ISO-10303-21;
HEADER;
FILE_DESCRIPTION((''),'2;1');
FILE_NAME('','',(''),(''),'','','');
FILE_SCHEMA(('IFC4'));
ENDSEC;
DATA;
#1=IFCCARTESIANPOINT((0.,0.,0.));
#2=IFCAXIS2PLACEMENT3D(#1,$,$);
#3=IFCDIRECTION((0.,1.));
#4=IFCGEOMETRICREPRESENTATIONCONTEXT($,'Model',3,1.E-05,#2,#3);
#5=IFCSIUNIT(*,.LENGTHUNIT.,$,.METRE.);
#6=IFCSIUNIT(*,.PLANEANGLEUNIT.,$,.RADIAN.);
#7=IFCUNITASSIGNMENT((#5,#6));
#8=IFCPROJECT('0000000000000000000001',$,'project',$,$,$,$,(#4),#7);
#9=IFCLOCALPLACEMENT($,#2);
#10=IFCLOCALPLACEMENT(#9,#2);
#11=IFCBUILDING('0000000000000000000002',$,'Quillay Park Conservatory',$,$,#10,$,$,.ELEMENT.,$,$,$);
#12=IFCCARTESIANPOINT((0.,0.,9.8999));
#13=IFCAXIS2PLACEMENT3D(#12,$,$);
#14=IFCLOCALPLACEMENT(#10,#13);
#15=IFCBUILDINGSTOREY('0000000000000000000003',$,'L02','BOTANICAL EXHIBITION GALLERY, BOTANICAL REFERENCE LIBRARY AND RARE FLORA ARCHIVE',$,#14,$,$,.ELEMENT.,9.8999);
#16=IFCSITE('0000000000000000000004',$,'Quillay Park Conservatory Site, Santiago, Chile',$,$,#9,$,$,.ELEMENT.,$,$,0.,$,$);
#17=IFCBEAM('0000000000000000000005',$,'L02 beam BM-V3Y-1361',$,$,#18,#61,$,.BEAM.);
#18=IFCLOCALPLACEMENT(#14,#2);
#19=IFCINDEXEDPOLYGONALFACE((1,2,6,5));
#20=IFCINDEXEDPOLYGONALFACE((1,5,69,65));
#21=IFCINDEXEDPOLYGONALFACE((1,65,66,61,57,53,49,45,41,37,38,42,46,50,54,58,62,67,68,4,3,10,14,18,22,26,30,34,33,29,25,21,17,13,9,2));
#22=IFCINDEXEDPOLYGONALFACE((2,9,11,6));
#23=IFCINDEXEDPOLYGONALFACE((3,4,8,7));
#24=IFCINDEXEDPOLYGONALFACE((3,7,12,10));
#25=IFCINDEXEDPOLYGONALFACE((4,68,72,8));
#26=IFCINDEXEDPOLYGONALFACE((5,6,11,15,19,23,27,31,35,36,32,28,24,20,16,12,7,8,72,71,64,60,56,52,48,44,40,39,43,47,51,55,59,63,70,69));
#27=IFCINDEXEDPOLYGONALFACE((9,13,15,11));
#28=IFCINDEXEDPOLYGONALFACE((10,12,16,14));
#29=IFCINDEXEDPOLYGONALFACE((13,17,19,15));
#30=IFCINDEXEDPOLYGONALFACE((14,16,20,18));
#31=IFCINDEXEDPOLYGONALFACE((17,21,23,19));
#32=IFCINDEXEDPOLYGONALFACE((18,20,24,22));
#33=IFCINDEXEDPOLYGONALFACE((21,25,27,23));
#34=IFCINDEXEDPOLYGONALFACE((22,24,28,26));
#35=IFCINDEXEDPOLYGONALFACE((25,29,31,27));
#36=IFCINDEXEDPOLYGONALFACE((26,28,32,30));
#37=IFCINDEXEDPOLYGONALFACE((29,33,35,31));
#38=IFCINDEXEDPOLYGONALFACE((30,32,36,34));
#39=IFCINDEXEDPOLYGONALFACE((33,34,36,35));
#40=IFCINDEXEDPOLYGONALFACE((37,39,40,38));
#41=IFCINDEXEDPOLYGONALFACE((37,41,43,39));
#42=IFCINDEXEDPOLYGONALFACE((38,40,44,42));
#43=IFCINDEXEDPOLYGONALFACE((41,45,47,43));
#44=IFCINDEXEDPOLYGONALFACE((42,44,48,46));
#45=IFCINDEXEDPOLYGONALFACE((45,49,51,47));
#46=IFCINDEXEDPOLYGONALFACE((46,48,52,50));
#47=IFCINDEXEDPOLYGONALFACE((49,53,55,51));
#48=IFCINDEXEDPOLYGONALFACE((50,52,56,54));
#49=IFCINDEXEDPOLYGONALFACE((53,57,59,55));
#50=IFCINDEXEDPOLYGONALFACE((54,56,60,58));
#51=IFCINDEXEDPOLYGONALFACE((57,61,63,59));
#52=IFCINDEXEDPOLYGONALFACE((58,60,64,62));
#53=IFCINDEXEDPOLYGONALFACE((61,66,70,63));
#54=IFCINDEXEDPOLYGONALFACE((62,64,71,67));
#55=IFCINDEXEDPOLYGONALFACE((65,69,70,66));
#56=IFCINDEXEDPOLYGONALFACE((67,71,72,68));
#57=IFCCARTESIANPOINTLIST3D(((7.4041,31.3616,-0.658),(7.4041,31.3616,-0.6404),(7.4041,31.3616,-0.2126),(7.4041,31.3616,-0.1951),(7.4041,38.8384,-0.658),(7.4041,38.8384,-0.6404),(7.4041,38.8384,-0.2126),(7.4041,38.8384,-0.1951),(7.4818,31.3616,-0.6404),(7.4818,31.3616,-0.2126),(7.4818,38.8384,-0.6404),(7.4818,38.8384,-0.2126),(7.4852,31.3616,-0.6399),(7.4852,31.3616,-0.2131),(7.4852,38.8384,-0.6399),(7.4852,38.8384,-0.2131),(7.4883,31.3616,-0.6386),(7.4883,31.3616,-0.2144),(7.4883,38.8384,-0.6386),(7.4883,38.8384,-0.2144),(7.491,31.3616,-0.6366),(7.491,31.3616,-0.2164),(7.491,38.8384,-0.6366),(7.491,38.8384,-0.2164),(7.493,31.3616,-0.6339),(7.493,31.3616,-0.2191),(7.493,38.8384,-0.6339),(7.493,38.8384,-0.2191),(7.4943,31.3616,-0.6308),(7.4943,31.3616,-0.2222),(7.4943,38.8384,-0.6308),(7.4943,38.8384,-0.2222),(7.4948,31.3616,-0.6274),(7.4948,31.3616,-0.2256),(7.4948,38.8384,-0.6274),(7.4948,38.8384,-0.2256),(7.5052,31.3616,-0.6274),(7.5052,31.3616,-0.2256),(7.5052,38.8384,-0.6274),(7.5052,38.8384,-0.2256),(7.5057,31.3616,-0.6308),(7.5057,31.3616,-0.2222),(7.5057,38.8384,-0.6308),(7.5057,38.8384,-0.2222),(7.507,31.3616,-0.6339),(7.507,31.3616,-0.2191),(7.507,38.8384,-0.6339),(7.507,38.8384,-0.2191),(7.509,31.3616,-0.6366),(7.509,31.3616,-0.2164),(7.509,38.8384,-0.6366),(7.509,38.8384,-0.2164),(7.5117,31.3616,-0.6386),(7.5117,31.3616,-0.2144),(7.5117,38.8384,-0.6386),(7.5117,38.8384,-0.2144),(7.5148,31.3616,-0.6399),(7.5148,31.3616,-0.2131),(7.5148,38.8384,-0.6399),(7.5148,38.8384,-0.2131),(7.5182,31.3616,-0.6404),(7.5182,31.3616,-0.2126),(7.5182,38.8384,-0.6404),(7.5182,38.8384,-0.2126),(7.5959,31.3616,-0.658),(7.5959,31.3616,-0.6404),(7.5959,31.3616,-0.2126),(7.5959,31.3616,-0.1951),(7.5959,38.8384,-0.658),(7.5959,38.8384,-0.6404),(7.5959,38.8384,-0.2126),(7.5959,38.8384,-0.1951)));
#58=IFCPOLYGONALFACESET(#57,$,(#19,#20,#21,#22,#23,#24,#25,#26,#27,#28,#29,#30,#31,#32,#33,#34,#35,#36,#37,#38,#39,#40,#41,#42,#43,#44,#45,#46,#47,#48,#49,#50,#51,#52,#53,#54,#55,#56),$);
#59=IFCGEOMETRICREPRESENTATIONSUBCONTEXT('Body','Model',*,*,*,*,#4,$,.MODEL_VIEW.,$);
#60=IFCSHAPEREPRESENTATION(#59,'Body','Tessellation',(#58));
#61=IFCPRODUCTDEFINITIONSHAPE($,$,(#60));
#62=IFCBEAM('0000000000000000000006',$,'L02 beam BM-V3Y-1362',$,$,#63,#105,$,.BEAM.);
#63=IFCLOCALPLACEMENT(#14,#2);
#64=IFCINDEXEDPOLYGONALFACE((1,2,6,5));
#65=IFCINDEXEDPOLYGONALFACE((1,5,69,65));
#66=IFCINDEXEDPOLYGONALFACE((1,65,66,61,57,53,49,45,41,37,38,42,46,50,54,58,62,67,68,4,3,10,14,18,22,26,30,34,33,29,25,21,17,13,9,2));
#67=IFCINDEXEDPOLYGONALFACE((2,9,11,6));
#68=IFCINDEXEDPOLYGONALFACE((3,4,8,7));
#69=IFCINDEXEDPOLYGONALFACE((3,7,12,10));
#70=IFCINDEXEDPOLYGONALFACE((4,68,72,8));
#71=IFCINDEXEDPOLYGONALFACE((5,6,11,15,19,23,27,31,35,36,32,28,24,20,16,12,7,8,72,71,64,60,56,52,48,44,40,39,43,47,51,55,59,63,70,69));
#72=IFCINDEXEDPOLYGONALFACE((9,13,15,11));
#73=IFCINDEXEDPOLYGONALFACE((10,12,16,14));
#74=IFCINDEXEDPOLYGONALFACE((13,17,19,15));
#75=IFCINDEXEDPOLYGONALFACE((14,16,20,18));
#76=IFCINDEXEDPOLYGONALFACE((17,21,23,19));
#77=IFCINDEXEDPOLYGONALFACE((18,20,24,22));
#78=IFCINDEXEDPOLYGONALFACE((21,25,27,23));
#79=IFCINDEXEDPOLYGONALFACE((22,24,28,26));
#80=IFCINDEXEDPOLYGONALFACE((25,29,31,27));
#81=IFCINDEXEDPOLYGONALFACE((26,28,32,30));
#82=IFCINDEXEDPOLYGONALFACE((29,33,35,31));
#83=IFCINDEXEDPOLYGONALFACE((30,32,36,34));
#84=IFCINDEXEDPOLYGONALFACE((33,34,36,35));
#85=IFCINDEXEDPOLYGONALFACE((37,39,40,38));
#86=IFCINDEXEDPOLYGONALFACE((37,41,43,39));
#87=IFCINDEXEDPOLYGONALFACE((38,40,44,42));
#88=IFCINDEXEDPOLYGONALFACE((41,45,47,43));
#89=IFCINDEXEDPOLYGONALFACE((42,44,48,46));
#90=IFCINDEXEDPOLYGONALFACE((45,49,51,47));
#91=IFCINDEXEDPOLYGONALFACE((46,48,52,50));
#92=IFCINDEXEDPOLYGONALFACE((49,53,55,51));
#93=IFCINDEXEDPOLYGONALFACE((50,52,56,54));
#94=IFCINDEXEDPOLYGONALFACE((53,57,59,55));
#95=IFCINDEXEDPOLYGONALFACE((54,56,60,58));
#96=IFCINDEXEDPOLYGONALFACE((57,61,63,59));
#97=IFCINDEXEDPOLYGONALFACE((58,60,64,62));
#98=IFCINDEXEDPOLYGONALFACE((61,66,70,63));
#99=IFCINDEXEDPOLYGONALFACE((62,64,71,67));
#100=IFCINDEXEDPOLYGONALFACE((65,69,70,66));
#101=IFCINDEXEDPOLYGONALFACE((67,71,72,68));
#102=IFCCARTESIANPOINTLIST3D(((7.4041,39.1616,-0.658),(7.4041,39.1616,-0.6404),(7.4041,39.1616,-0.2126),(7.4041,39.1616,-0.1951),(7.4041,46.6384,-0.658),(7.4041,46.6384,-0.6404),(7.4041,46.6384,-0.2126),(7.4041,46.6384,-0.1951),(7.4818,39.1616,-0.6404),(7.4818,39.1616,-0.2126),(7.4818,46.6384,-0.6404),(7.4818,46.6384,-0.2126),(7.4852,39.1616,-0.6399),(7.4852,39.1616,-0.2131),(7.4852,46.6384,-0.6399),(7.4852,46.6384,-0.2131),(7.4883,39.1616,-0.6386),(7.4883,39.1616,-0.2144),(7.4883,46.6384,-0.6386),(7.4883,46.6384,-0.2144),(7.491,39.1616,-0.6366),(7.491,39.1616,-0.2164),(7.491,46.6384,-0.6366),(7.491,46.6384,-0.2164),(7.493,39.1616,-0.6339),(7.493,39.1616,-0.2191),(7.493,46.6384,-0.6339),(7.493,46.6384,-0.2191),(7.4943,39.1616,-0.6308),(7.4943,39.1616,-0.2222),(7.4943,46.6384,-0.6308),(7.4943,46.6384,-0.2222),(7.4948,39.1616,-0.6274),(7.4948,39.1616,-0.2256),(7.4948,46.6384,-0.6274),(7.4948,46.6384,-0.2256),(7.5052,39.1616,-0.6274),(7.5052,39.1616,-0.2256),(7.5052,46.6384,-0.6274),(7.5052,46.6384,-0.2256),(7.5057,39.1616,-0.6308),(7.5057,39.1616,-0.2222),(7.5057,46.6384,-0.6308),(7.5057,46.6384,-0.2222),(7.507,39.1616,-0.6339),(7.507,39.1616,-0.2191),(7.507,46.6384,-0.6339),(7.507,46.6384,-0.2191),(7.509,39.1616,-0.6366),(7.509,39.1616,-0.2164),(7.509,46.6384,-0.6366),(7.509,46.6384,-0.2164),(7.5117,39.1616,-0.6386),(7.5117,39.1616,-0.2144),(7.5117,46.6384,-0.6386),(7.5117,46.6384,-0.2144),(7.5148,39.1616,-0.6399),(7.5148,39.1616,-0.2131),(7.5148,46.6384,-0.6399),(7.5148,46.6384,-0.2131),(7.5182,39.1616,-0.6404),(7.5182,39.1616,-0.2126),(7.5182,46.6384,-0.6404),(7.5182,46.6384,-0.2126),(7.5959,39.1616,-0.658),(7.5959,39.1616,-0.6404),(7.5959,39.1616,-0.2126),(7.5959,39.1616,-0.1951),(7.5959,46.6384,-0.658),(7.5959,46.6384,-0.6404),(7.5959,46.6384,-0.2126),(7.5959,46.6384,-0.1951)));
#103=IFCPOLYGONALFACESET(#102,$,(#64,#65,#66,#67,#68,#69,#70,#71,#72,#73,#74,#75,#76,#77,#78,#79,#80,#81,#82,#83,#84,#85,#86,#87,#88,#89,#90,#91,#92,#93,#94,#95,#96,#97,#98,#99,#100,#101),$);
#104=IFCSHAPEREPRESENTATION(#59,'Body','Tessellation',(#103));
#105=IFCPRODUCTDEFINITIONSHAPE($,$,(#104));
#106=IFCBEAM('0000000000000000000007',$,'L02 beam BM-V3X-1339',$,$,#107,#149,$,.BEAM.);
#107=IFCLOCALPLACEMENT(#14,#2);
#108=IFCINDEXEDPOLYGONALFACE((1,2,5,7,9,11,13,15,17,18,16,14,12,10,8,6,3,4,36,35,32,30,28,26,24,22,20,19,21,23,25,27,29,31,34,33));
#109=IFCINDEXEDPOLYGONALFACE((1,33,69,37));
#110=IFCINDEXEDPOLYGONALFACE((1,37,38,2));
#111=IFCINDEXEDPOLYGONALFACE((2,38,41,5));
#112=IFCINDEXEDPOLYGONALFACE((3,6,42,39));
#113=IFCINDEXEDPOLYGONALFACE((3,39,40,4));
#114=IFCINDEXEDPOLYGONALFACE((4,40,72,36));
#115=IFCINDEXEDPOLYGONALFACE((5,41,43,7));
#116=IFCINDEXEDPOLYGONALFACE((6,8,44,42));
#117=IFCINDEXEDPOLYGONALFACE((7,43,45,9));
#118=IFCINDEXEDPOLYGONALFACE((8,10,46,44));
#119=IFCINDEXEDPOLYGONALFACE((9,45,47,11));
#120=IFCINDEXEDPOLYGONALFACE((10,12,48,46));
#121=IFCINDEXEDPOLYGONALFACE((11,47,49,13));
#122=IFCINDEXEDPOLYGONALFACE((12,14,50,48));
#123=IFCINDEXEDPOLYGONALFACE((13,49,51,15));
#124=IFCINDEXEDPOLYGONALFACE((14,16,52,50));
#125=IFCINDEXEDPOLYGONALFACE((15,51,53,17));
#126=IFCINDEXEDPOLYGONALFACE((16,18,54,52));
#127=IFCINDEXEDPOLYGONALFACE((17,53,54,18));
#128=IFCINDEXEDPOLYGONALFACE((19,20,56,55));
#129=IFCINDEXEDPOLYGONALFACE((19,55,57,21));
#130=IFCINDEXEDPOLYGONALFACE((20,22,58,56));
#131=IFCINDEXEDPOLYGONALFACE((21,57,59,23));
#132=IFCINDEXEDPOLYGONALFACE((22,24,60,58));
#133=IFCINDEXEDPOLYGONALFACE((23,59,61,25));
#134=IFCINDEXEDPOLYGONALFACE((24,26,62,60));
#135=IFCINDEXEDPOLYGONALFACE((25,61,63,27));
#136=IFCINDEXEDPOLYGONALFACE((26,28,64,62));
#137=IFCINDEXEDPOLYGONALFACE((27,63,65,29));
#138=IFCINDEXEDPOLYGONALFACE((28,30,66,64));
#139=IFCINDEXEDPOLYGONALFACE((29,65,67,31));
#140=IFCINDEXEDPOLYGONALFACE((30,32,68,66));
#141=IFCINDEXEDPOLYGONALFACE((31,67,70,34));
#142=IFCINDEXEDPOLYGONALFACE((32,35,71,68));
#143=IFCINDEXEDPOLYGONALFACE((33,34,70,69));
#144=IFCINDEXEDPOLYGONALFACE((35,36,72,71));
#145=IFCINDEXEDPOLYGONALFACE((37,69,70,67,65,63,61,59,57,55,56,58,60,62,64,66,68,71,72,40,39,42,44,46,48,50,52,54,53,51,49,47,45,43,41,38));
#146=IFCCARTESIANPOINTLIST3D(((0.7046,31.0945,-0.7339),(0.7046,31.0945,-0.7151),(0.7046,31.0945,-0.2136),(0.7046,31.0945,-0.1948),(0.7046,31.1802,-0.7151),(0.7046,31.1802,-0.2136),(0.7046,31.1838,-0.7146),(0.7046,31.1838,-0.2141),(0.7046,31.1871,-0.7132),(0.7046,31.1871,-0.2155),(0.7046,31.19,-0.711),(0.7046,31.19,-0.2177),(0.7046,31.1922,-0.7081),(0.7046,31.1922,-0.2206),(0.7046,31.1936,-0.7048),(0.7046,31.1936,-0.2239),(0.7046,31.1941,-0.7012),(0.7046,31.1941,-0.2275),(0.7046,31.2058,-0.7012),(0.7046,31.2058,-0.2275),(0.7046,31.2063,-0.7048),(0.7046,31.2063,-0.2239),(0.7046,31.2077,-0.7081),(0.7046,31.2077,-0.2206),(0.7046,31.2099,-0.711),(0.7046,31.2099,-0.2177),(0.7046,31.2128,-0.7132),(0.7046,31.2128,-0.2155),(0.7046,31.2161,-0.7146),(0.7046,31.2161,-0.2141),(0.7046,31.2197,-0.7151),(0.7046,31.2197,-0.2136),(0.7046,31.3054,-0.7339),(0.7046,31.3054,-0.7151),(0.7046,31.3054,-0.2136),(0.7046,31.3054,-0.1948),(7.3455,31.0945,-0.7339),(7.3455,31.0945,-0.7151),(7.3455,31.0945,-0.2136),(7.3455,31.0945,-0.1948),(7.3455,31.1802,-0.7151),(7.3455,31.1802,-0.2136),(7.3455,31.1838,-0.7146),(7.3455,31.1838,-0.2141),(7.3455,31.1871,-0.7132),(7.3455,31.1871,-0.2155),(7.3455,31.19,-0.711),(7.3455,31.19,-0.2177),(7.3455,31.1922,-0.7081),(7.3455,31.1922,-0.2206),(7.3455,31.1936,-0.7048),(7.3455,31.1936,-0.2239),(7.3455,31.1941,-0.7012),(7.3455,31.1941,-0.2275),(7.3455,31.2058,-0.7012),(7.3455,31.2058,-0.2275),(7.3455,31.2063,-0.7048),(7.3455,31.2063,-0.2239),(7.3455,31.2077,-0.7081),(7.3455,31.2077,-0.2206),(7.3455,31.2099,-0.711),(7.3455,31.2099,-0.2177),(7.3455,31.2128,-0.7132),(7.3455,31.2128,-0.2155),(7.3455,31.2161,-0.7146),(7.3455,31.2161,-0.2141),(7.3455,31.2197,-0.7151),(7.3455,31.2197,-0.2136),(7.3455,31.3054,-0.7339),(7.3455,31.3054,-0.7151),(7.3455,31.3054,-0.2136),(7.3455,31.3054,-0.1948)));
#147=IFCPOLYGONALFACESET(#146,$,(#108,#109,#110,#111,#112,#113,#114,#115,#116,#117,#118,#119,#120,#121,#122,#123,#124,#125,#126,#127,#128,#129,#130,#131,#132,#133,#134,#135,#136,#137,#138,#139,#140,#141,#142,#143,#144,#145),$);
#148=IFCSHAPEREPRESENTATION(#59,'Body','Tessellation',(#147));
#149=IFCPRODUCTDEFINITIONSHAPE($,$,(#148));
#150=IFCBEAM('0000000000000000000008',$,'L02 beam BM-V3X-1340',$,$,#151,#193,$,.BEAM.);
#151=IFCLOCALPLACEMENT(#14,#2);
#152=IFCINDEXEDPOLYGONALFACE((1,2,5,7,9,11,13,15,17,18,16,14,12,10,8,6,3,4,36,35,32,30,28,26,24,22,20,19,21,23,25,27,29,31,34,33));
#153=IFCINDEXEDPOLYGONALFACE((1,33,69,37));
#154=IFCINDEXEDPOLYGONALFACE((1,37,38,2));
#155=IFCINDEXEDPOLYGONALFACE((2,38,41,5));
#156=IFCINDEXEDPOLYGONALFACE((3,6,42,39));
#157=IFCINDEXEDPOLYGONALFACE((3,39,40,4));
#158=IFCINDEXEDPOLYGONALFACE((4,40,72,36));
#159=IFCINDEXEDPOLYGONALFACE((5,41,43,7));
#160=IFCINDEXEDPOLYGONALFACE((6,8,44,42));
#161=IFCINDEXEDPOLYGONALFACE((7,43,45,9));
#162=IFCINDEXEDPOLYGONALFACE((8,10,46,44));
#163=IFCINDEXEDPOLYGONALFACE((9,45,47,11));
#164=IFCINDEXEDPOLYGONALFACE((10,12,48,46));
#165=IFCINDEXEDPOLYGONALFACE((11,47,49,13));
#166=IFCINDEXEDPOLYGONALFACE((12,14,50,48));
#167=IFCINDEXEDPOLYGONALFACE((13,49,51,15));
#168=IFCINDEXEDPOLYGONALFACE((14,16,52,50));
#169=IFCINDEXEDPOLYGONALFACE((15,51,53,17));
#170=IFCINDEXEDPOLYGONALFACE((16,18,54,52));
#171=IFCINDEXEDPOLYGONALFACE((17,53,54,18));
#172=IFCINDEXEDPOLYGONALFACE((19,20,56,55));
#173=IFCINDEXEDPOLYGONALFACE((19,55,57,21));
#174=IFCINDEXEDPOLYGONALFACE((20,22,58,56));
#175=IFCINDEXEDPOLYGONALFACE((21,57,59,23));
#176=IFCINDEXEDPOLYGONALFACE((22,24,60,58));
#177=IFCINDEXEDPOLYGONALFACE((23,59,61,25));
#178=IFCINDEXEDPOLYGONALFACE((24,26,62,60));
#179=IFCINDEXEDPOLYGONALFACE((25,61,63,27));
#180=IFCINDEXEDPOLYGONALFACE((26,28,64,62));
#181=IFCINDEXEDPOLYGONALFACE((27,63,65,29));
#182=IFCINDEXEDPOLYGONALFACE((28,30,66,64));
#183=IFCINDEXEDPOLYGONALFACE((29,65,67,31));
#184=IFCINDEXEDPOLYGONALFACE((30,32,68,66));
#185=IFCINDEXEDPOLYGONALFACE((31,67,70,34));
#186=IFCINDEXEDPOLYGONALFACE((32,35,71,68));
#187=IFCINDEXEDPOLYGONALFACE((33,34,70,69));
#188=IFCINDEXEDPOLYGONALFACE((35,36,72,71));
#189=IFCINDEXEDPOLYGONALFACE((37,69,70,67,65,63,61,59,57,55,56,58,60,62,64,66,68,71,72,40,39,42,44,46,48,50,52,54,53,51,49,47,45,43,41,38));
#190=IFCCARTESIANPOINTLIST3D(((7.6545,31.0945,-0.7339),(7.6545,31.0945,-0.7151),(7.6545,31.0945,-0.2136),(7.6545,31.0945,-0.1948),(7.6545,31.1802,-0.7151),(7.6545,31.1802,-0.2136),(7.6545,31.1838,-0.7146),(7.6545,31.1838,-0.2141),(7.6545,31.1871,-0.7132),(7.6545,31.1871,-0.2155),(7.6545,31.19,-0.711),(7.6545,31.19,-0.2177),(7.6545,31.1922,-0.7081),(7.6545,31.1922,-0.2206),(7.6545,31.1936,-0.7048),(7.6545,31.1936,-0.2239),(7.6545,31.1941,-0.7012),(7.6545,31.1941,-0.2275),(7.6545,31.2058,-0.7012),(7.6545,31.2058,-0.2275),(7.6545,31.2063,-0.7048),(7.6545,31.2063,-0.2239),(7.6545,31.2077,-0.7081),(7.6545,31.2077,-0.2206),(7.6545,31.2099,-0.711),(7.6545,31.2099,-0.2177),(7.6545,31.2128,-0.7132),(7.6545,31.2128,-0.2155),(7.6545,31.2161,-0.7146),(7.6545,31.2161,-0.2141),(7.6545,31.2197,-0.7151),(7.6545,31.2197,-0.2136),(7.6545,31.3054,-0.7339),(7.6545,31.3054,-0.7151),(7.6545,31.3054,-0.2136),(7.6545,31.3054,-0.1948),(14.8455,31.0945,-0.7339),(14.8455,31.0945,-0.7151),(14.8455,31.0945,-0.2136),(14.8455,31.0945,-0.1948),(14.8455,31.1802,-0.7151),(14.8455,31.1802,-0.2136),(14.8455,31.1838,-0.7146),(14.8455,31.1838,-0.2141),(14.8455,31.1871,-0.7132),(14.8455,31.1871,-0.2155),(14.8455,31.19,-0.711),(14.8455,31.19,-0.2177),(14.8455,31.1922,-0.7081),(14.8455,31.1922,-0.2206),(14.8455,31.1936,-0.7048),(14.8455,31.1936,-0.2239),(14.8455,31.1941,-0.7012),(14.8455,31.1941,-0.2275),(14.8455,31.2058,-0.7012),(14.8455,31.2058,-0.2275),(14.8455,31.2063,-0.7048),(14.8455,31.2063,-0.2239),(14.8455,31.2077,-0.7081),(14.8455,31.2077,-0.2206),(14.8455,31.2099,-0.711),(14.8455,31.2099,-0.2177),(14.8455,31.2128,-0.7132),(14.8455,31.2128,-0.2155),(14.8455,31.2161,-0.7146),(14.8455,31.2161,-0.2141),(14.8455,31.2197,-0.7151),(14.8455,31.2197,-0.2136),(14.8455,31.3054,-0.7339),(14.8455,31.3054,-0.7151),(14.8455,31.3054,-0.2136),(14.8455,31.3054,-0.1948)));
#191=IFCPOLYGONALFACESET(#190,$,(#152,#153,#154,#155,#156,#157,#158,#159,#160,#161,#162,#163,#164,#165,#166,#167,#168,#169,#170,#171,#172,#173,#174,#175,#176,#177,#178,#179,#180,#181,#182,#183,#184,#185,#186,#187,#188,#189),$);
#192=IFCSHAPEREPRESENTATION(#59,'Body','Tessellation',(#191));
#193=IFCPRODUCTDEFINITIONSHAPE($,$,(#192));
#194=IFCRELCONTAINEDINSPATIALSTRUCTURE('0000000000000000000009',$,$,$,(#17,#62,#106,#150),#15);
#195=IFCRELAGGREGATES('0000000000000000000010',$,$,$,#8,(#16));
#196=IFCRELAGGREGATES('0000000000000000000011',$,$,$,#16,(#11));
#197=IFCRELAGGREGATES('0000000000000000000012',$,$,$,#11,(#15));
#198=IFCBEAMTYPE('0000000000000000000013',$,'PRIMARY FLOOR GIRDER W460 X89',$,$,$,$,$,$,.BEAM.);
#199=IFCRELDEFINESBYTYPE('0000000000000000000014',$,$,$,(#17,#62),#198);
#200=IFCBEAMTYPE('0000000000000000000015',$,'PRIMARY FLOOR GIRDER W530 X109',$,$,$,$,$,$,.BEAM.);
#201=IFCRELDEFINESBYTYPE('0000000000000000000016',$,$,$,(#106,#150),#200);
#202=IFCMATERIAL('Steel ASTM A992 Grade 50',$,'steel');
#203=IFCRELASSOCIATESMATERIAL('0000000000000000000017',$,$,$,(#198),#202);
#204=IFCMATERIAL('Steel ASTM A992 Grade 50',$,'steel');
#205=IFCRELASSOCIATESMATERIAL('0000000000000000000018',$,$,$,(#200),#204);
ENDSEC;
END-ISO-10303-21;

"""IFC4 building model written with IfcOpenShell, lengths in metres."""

from ifc_helpers import new_model, si_unit, direction, frame, origin, origin_2d, place, context, subcontext, project, spatial, i_section, extrude, material, material_profile, profile_set, type_object, element, save


model = new_model("IFC4")

# Units and contexts
model_context = context("Model", 3, precision=1e-05, world=origin(), true_north=direction((0.0, 1.0)))
body_context = subcontext(model_context, "Body", "Model", "MODEL_VIEW")
ifc_project = project(units=[si_unit("LENGTHUNIT", "METRE"), si_unit("PLANEANGLEUNIT", "RADIAN")], contexts=[model_context])

# Site, building, storey
site_placement = place(None, origin())
site = spatial("IfcSite", under=ifc_project, at=site_placement, Name="Quillay Park Conservatory Site, Santiago, Chile", CompositionType="ELEMENT", RefElevation=0.0)
building_placement = place(site_placement, origin())
building = spatial("IfcBuilding", under=site, at=building_placement, Name="Quillay Park Conservatory", CompositionType="ELEMENT")
storey_placement = place(building_placement, frame((0.0, 0.0, 9.8999)))
storey = spatial("IfcBuildingStorey", under=building, at=storey_placement, Name="L02", Description="BOTANICAL EXHIBITION GALLERY, BOTANICAL REFERENCE LIBRARY AND RARE FLORA ARCHIVE", CompositionType="ELEMENT", Elevation=9.8999)

# Beams
ifc_material_1 = material(Name="Steel ASTM A992 Grade 50", Category="steel")
ifc_material_profile_1 = material_profile(ifc_material_1, i_section(OverallWidth=0.1919, OverallDepth=0.4629, WebThickness=0.0105, FlangeThickness=0.0176, FilletRadius=0.0129, at=origin_2d()), Name="W460x89")
ifc_profile_set_1 = profile_set([ifc_material_profile_1], Name="Steel ASTM A992 Grade 50")
beam_type_1 = type_object("IfcBeamType", Name="PRIMARY FLOOR GIRDER W460 X89", PredefinedType="BEAM", material=ifc_profile_set_1)
for number, where, z_axis, x_axis, name in (
    (1, (7.5, 31.3616, -0.4265), (0.0, 1.0, 0.0), (-1.0, 0.0, 0.0), "L02 beam BM-V3Y-1361"),
    (2, (7.5, 39.1616, -0.4265), (0.0, 1.0, 0.0), (-1.0, 0.0, 0.0), "L02 beam BM-V3Y-1362"),
):
    element("IfcBeam", number, at=place(storey_placement, frame(where, z_axis=z_axis, x_axis=x_axis)), inside=storey, type_object=beam_type_1, Name=name, PredefinedType="BEAM", context=body_context, shape_type="SweptSolid", body=[
        extrude(i_section(OverallWidth=0.1919, OverallDepth=0.4629, WebThickness=0.0105, FlangeThickness=0.0176, FilletRadius=0.0129, at=origin_2d()), origin(), (0.0, 0.0, 1.0), 7.4768),
    ])
ifc_material_2 = material(Name="Steel ASTM A992 Grade 50", Category="steel")
ifc_material_profile_2 = material_profile(ifc_material_2, i_section(OverallWidth=0.2109, OverallDepth=0.5391, WebThickness=0.0117, FlangeThickness=0.0188, FilletRadius=0.0139, at=origin_2d()), Name="W530x109")
ifc_profile_set_2 = profile_set([ifc_material_profile_2], Name="Steel ASTM A992 Grade 50")
beam_type_2 = type_object("IfcBeamType", Name="PRIMARY FLOOR GIRDER W530 X109", PredefinedType="BEAM", material=ifc_profile_set_2)
beam_1_placement = place(storey_placement, frame((0.7046, 31.2, -0.4644), z_axis=(1.0, 0.0, 0.0), x_axis=(0.0, 1.0, 0.0)))
element("IfcBeam", 3, at=beam_1_placement, inside=storey, type_object=beam_type_2, Name="L02 beam BM-V3X-1339", PredefinedType="BEAM", context=body_context, shape_type="SweptSolid", body=[
    extrude(i_section(OverallWidth=0.2109, OverallDepth=0.5391, WebThickness=0.0117, FlangeThickness=0.0188, FilletRadius=0.0139, at=origin_2d()), origin(), (0.0, 0.0, 1.0), 6.6409),
])
beam_2_placement = place(storey_placement, frame((7.6545, 31.2, -0.4644), z_axis=(1.0, 0.0, 0.0), x_axis=(0.0, 1.0, 0.0)))
element("IfcBeam", 4, at=beam_2_placement, inside=storey, type_object=beam_type_2, Name="L02 beam BM-V3X-1340", PredefinedType="BEAM", context=body_context, shape_type="SweptSolid", body=[
    extrude(i_section(OverallWidth=0.2109, OverallDepth=0.5391, WebThickness=0.0117, FlangeThickness=0.0188, FilletRadius=0.0139, at=origin_2d()), origin(), (0.0, 0.0, 1.0), 7.1909),
])

save(model, "model.ifc")
